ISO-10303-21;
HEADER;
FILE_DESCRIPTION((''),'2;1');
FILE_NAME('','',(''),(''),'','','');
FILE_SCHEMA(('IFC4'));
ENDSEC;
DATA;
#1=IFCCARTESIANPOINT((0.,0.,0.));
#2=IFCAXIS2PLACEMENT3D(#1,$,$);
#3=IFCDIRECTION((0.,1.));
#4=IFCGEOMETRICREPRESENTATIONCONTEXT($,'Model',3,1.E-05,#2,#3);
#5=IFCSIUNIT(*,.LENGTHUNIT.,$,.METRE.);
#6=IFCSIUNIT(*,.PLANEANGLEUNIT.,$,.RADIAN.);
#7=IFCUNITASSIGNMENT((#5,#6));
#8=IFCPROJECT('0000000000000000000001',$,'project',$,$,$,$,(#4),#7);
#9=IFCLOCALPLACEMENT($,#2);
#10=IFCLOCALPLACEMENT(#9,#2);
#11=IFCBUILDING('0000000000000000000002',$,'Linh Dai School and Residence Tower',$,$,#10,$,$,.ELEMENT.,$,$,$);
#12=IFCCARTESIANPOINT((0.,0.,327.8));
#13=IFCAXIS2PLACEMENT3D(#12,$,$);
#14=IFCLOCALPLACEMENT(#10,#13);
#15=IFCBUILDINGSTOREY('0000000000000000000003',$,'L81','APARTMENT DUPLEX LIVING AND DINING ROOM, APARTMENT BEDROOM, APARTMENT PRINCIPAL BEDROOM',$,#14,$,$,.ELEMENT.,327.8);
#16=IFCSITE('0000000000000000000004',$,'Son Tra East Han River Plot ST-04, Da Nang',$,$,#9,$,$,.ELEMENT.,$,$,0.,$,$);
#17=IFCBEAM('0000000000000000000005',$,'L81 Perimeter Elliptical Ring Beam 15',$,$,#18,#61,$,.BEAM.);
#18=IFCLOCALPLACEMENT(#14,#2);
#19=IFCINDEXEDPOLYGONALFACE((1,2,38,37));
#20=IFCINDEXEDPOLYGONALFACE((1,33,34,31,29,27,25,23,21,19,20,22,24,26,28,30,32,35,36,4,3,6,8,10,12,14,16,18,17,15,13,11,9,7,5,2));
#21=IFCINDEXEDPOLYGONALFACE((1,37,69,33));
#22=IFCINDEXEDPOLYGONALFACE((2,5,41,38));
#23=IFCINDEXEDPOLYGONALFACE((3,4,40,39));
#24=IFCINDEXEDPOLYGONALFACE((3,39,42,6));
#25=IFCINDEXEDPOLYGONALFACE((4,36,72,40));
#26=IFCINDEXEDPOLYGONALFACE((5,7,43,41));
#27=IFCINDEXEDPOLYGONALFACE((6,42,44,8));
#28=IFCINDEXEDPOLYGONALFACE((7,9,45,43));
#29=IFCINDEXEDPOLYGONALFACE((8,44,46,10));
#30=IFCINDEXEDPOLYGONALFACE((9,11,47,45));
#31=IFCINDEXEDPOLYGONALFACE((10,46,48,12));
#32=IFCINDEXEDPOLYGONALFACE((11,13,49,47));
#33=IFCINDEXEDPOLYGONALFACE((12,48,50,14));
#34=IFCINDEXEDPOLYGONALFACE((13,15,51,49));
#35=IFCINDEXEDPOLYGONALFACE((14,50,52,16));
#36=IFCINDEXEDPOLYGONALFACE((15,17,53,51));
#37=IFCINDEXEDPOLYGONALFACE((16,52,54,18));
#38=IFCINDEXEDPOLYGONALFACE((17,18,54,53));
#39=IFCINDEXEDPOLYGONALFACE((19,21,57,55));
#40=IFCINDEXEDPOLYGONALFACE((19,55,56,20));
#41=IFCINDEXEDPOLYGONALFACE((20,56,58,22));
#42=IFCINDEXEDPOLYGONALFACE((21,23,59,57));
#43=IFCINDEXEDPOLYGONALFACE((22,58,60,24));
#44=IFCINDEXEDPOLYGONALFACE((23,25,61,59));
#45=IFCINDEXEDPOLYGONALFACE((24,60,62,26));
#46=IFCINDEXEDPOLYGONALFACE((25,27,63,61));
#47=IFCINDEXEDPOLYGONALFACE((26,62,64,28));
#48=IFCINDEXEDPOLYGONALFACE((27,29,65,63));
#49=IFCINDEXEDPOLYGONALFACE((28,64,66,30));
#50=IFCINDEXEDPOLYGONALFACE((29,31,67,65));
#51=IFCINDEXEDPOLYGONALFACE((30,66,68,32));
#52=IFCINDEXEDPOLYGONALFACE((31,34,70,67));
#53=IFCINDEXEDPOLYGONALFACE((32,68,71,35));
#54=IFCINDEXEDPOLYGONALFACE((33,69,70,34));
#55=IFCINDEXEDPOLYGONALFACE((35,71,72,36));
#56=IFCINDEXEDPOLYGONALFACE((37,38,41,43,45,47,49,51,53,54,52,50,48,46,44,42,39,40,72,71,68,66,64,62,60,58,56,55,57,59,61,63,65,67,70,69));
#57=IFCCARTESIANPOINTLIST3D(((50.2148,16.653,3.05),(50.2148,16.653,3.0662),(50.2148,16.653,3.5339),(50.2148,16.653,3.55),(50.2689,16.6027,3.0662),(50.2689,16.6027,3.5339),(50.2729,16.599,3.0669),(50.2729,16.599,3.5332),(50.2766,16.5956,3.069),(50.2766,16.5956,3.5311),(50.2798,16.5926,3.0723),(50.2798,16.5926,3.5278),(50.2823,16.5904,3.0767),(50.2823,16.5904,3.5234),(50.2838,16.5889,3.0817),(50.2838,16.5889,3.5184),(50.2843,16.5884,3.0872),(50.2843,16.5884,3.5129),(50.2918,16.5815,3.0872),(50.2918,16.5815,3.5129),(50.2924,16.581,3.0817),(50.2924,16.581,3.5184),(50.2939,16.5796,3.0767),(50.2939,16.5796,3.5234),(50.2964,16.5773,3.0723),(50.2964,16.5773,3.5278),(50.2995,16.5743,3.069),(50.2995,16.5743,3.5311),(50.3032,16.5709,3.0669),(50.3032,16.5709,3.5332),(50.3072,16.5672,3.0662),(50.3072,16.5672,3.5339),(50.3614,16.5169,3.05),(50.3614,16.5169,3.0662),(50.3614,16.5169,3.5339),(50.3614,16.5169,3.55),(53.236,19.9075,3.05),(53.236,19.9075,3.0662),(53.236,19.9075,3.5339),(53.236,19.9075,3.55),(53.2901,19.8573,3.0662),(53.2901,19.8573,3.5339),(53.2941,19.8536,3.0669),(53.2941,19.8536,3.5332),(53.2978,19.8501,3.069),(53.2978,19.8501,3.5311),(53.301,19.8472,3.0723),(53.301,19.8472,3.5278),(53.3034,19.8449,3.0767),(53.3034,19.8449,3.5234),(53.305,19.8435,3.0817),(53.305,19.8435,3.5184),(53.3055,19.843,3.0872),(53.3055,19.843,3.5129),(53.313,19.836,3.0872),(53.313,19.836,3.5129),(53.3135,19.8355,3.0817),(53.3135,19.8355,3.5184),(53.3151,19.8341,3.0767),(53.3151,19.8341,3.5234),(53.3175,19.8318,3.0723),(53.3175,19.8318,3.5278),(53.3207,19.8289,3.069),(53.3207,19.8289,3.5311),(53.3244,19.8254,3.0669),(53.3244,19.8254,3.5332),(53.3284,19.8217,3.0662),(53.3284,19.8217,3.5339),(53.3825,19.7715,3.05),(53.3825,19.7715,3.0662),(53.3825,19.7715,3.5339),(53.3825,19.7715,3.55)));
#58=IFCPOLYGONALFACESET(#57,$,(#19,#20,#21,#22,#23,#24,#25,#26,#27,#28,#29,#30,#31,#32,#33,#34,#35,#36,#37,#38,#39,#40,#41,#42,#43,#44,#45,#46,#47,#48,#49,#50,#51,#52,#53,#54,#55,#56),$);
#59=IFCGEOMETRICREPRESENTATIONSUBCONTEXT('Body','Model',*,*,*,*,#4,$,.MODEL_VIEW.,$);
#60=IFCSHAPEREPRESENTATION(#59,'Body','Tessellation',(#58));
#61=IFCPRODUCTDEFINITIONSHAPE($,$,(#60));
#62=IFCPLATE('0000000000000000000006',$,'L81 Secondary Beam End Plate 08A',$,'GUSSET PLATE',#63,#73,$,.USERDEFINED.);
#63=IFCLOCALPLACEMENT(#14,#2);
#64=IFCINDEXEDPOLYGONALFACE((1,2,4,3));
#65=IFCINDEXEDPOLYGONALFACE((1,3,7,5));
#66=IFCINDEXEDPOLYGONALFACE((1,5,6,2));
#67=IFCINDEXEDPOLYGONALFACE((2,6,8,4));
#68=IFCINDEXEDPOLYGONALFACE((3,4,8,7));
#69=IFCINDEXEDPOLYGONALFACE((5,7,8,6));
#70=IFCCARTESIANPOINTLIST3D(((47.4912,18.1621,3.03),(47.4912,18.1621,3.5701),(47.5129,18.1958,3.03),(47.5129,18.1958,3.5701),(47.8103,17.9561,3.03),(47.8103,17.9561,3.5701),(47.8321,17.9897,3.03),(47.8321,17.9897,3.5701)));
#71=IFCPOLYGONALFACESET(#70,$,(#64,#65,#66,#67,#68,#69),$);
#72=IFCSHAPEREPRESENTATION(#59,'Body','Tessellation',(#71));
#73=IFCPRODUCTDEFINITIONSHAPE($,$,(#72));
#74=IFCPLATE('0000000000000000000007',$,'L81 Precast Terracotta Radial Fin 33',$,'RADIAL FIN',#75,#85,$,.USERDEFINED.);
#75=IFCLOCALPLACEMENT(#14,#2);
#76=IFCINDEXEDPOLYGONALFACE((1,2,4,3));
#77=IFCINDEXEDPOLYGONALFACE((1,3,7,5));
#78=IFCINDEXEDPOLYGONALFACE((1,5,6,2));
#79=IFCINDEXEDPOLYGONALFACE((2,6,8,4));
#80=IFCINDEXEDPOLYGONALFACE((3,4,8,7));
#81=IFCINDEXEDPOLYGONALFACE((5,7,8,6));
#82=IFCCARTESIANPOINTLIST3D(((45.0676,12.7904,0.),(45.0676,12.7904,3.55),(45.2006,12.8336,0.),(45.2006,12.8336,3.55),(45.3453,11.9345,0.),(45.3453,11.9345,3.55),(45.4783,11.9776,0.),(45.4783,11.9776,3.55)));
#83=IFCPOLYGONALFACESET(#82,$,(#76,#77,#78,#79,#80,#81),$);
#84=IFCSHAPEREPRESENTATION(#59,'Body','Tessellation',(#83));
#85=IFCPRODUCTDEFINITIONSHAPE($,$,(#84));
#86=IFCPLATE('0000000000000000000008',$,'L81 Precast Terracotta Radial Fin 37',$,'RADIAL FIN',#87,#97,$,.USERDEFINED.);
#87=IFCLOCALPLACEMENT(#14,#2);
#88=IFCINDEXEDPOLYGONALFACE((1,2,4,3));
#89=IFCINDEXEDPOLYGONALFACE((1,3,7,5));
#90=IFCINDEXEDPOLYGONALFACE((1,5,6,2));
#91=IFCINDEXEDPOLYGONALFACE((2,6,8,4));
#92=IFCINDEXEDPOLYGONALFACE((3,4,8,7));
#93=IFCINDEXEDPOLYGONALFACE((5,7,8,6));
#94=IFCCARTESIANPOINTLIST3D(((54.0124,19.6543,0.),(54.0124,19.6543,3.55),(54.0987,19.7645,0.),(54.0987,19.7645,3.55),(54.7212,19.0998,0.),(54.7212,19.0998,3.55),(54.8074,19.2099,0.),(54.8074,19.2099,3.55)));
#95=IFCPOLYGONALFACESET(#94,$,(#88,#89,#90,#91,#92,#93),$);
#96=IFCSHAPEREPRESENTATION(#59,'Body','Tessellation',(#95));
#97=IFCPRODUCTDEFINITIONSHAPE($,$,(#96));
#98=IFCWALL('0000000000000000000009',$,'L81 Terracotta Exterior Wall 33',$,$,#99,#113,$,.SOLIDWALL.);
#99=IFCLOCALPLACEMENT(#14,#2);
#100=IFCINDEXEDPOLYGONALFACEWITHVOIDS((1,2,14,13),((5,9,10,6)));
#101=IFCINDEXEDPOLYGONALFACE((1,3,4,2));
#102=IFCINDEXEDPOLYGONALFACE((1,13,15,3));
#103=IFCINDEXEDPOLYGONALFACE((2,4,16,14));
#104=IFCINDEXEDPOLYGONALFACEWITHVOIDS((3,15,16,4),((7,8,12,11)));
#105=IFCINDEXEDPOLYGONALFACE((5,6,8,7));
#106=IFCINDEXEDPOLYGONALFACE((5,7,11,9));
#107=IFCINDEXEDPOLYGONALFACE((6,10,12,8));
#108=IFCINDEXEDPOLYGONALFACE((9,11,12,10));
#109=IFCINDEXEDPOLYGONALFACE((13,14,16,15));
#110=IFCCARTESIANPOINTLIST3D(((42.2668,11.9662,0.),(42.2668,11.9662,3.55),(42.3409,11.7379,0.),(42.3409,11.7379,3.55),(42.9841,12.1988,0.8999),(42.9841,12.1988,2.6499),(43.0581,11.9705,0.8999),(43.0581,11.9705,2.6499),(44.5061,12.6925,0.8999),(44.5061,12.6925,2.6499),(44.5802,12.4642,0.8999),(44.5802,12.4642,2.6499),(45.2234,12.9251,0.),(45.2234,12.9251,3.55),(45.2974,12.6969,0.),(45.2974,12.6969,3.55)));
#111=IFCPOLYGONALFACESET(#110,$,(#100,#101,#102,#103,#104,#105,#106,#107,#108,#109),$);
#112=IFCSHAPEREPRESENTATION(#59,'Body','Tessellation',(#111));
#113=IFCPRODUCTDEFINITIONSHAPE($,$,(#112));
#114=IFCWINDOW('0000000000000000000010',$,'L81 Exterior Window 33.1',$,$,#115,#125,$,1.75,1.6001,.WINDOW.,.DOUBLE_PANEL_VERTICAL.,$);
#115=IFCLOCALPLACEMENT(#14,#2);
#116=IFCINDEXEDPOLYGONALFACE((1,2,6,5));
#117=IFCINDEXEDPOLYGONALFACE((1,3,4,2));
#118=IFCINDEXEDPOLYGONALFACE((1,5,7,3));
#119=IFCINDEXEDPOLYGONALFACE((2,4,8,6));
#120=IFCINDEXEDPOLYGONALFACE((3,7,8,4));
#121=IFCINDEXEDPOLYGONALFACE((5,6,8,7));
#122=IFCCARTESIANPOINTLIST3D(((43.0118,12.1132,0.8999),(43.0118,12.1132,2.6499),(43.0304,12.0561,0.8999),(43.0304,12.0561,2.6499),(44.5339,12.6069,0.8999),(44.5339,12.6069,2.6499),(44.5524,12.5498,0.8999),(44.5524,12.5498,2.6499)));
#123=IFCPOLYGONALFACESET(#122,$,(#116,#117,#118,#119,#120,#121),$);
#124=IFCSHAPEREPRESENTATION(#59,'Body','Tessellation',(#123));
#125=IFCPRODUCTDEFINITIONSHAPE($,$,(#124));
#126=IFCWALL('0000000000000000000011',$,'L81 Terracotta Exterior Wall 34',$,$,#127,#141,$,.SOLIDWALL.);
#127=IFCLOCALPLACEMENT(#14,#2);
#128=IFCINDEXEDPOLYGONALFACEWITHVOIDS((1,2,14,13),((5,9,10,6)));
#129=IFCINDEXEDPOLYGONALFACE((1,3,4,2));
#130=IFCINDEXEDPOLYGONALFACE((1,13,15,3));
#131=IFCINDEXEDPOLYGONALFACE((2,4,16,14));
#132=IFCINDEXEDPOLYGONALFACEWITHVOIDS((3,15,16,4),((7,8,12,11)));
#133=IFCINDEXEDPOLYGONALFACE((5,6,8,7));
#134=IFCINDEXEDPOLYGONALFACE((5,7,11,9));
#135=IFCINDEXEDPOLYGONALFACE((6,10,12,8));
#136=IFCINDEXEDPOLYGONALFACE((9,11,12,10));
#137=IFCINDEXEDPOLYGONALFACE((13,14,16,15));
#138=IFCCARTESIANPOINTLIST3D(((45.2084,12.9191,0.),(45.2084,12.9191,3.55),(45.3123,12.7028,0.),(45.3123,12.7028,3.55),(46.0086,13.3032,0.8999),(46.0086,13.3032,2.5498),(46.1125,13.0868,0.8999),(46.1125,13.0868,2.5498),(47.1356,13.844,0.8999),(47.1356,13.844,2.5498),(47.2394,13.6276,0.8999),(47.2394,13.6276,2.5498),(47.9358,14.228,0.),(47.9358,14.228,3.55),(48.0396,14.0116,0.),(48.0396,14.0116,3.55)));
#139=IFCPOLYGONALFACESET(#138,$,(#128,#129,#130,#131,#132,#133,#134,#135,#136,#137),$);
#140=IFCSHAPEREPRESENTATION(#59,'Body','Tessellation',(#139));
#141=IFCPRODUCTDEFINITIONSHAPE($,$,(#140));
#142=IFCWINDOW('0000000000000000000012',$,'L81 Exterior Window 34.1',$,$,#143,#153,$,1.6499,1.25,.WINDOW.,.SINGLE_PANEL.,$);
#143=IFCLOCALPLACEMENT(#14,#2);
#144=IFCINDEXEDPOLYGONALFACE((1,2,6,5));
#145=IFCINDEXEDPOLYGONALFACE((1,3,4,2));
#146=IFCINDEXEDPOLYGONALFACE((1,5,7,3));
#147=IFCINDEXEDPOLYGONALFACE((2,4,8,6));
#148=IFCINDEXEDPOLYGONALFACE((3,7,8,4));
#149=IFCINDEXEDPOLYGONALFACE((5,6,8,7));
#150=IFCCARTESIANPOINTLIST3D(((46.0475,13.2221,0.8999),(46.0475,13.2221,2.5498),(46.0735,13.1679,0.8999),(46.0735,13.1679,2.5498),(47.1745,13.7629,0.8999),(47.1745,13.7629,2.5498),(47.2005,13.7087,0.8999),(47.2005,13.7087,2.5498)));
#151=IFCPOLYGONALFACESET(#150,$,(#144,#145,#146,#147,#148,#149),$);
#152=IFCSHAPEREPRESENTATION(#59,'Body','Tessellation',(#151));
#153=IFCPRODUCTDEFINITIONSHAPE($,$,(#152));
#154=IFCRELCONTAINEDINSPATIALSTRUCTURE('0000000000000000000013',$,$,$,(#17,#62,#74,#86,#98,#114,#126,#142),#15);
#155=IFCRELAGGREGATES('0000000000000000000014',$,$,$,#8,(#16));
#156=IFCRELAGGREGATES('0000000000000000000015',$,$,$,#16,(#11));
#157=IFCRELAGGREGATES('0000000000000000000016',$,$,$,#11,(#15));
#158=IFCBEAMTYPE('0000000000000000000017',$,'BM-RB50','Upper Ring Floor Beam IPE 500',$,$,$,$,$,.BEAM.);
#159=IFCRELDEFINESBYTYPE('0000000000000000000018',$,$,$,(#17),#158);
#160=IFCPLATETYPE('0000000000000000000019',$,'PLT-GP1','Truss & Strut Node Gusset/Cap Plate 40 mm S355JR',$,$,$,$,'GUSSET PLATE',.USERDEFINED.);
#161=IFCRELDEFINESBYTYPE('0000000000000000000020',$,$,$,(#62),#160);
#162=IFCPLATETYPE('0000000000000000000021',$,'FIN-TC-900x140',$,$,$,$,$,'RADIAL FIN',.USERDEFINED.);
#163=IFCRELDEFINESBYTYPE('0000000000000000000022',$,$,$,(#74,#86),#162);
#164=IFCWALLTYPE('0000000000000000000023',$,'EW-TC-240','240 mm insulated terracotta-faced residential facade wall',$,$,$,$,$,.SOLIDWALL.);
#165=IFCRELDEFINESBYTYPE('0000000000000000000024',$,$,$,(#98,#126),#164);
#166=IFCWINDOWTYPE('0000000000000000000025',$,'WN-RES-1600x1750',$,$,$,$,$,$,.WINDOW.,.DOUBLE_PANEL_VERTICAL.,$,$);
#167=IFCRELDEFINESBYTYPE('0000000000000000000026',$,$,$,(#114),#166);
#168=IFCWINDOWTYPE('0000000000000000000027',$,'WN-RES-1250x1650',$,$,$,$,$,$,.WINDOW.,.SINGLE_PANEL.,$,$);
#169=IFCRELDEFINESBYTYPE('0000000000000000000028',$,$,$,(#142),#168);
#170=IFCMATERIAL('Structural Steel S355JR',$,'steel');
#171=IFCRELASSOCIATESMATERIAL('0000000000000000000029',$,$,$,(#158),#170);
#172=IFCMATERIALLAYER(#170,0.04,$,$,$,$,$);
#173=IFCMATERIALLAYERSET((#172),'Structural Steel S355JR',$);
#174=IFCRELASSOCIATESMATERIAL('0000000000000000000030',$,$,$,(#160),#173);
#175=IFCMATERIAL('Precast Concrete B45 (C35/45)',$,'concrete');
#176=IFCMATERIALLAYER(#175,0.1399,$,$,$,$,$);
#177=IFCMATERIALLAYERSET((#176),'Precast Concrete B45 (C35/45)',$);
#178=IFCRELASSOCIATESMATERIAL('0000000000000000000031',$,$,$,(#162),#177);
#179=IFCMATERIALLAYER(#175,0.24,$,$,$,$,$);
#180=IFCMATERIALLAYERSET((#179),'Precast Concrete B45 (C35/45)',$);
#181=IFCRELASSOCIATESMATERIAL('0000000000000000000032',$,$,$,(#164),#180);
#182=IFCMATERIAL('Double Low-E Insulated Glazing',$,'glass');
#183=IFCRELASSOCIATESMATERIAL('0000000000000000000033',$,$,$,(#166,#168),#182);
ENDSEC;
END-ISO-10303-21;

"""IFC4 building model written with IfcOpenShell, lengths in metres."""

from ifc_helpers import new_model, si_unit, direction, frame, frame_2d, origin, origin_2d, place, context, subcontext, project, spatial, rectangle, i_section, extrude, source, transform, mapped, material, layer, layer_set, material_profile, profile_set, type_object, element, fill, save


model = new_model("IFC4")

# Units and contexts
model_context = context("Model", 3, precision=1e-05, world=origin(), true_north=direction((0.0, 1.0)))
body_context = subcontext(model_context, "Body", "Model", "MODEL_VIEW")
ifc_project = project(units=[si_unit("LENGTHUNIT", "METRE"), si_unit("PLANEANGLEUNIT", "RADIAN")], contexts=[model_context])

# Site, building, storey
site_placement = place(None, origin())
site = spatial("IfcSite", under=ifc_project, at=site_placement, Name="Son Tra East Han River Plot ST-04, Da Nang", CompositionType="ELEMENT", RefElevation=0.0)
building_placement = place(site_placement, origin())
building = spatial("IfcBuilding", under=site, at=building_placement, Name="Linh Dai School and Residence Tower", CompositionType="ELEMENT")
storey_placement = place(building_placement, frame((0.0, 0.0, 327.8)))
storey = spatial("IfcBuildingStorey", under=building, at=storey_placement, Name="L81", Description="APARTMENT DUPLEX LIVING AND DINING ROOM, APARTMENT BEDROOM, APARTMENT PRINCIPAL BEDROOM", CompositionType="ELEMENT", Elevation=327.8)

# Shared definitions
ifc_material_1 = material(Name="Structural Steel S355JR", Category="steel")

# Beam
ifc_material_profile_1 = material_profile(ifc_material_1, i_section(OverallWidth=0.2, OverallDepth=0.5, WebThickness=0.0103, FlangeThickness=0.0161, FilletRadius=0.021, at=origin_2d()), Name="IPE 500")
ifc_profile_set_1 = profile_set([ifc_material_profile_1], Name="Structural Steel S355JR")
beam_type_1 = type_object("IfcBeamType", Name="BM-RB50", Description="Upper Ring Floor Beam IPE 500", PredefinedType="BEAM", material=ifc_profile_set_1)
beam_1_placement = place(storey_placement, frame((50.2881, 16.585, 3.3), z_axis=(0.680339, 0.732897, 0.0), x_axis=(-0.732897, 0.680339, 0.0)))
element("IfcBeam", 1, at=beam_1_placement, inside=storey, type_object=beam_type_1, Name="L81 Perimeter Elliptical Ring Beam 15", PredefinedType="BEAM", context=body_context, shape_type="SweptSolid", body=[
    extrude(i_section(OverallWidth=0.2, OverallDepth=0.5, WebThickness=0.0103, FlangeThickness=0.0161, FilletRadius=0.021, at=origin_2d()), origin(), (0.0, 0.0, 1.0), 4.4407),
])

# Plates
ifc_layer_1 = layer(ifc_material_1, 0.04)
ifc_layer_set_1 = layer_set([ifc_layer_1], Name="Structural Steel S355JR")
plate_type_1 = type_object("IfcPlateType", Name="PLT-GP1", Description="Truss & Strut Node Gusset/Cap Plate 40 mm S355JR", ElementType="GUSSET PLATE", PredefinedType="USERDEFINED", material=ifc_layer_set_1)
shared_shape_1 = source(origin(), body_context, "Body", "SweptSolid", [
    extrude(rectangle(XDim=0.04, YDim=0.3799, at=origin_2d()), origin(), (0.0, 0.0, 1.0), 0.54),
])
plate_placement = place(storey_placement, frame((47.6616, 18.0759, 3.03), z_axis=(0.0, 0.0, 1.0), x_axis=(0.542322, 0.840171, 0.0)))
element("IfcPlate", 2, at=plate_placement, inside=storey, type_object=plate_type_1, Name="L81 Secondary Beam End Plate 08A", ObjectType="GUSSET PLATE", PredefinedType="USERDEFINED", context=body_context, shape_type="MappedRepresentation", body=[
    mapped(shared_shape_1, transform((0.0, 0.0, 0.0), x_axis=(1.0, 0.0, 0.0), y_axis=(0.0, 1.0, 0.0), z_axis=(0.0, 0.0, 1.0), scale=1.0)),
])
ifc_material_2 = material(Name="Precast Concrete B45 (C35/45)", Category="concrete")
ifc_layer_2 = layer(ifc_material_2, 0.1399)
ifc_layer_set_2 = layer_set([ifc_layer_2], Name="Precast Concrete B45 (C35/45)")
plate_type_2 = type_object("IfcPlateType", Name="FIN-TC-900x140", ElementType="RADIAL FIN", PredefinedType="USERDEFINED", material=ifc_layer_set_2)
shared_shape_2 = source(origin(), body_context, "Body", "SweptSolid", [
    extrude(rectangle(XDim=0.8999, YDim=0.1399, at=origin_2d()), origin(), (0.0, 0.0, 1.0), 3.55),
])
for number, where, z_axis, x_axis, name in (
    (3, (45.2729, 12.384, 0.0), (0.0, 0.0, 1.0), (0.308565, -0.951203, 0.0), "L81 Precast Terracotta Radial Fin 33"),
    (4, (54.4099, 19.4321, 0.0), (0.0, 0.0, 1.0), (0.787553, -0.616247, 0.0), "L81 Precast Terracotta Radial Fin 37"),
):
    element("IfcPlate", number, at=place(storey_placement, frame(where, z_axis=z_axis, x_axis=x_axis)), inside=storey, type_object=plate_type_2, Name=name, ObjectType="RADIAL FIN", PredefinedType="USERDEFINED", context=body_context, shape_type="MappedRepresentation", body=[
        mapped(shared_shape_2, transform((0.0, 0.0, 0.0), x_axis=(1.0, 0.0, 0.0), y_axis=(0.0, 1.0, 0.0), z_axis=(0.0, 0.0, 1.0), scale=1.0)),
    ])

# Walls, openings, windows
ifc_layer_3 = layer(ifc_material_2, 0.24)
ifc_layer_set_3 = layer_set([ifc_layer_3], Name="Precast Concrete B45 (C35/45)")
wall_type_1 = type_object("IfcWallType", Name="EW-TC-240", Description="240 mm insulated terracotta-faced residential facade wall", PredefinedType="SOLIDWALL", material=ifc_layer_set_3)
wall_1_placement = place(storey_placement, frame((45.2605, 12.811, 0.0), z_axis=(0.0, 0.0, 1.0), x_axis=(-0.951213, -0.308535, 0.0)))
wall_1 = element("IfcWall", 5, at=wall_1_placement, inside=storey, type_object=wall_type_1, Name="L81 Terracotta Exterior Wall 33", PredefinedType="SOLIDWALL", context=body_context, shape_type="SweptSolid", body=[
    extrude(rectangle(XDim=3.1082, YDim=0.24, at=frame_2d((1.5542, 0.0))), origin(), (0.0, 0.0, 1.0), 3.55),
])
opening_1_placement = place(wall_1_placement, frame((0.7542, 0.0, 0.8999)))
opening_1 = element("IfcOpeningElement", 6, at=opening_1_placement, cuts=wall_1, PredefinedType="OPENING", context=body_context, shape_type="SweptSolid", body=[
    extrude(rectangle(XDim=1.6001, YDim=1.75, at=origin_2d()), frame((0.8, 0.1299, 0.875), z_axis=(0.0, -1.0, 0.0), x_axis=(1.0, 0.0, 0.0)), (0.0, 0.0, 1.0), 0.26),
])
ifc_material_3 = material(Name="Double Low-E Insulated Glazing", Category="glass")
window_type_1 = type_object("IfcWindowType", Name="WN-RES-1600x1750", PartitioningType="DOUBLE_PANEL_VERTICAL", PredefinedType="WINDOW", material=ifc_material_3)
shared_shape_3 = source(origin(), body_context, "Body", "SweptSolid", [
    extrude(rectangle(XDim=1.6001, YDim=1.75, at=origin_2d()), frame((0.8, 0.03, 0.875), z_axis=(0.0, -1.0, 0.0), x_axis=(1.0, 0.0, 0.0)), (0.0, 0.0, 1.0), 0.0601),
])
window_1_placement = place(opening_1_placement, origin())
window_1 = element("IfcWindow", 7, at=window_1_placement, inside=storey, type_object=window_type_1, Name="L81 Exterior Window 33.1", OverallHeight=1.75, OverallWidth=1.6001, PartitioningType="DOUBLE_PANEL_VERTICAL", PredefinedType="WINDOW", context=body_context, shape_type="MappedRepresentation", body=[
    mapped(shared_shape_3, transform((0.0, 0.0, 0.0), x_axis=(1.0, 0.0, 0.0), y_axis=(0.0, 1.0, 0.0), z_axis=(0.0, 0.0, 1.0), scale=1.0)),
])
fill(opening_1, window_1)
wall_2_placement = place(storey_placement, frame((47.9878, 14.1199, 0.0), z_axis=(0.0, 0.0, 1.0), x_axis=(-0.901557, -0.43266, 0.0)))
wall_2 = element("IfcWall", 8, at=wall_2_placement, inside=storey, type_object=wall_type_1, Name="L81 Terracotta Exterior Wall 34", PredefinedType="SOLIDWALL", context=body_context, shape_type="SweptSolid", body=[
    extrude(rectangle(XDim=3.0251, YDim=0.24, at=frame_2d((1.5127, 0.0))), origin(), (0.0, 0.0, 1.0), 3.55),
])
opening_2_placement = place(wall_2_placement, frame((0.8877, 0.0, 0.8999)))
opening_2 = element("IfcOpeningElement", 9, at=opening_2_placement, cuts=wall_2, PredefinedType="OPENING", context=body_context, shape_type="SweptSolid", body=[
    extrude(rectangle(XDim=1.25, YDim=1.6499, at=origin_2d()), frame((0.625, 0.1299, 0.825), z_axis=(0.0, -1.0, 0.0), x_axis=(1.0, 0.0, 0.0)), (0.0, 0.0, 1.0), 0.26),
])
window_type_2 = type_object("IfcWindowType", Name="WN-RES-1250x1650", PartitioningType="SINGLE_PANEL", PredefinedType="WINDOW", material=ifc_material_3)
shared_shape_4 = source(origin(), body_context, "Body", "SweptSolid", [
    extrude(rectangle(XDim=1.25, YDim=1.6499, at=origin_2d()), frame((0.625, 0.03, 0.825), z_axis=(0.0, -1.0, 0.0), x_axis=(1.0, 0.0, 0.0)), (0.0, 0.0, 1.0), 0.0601),
])
window_2_placement = place(opening_2_placement, origin())
window_2 = element("IfcWindow", 10, at=window_2_placement, inside=storey, type_object=window_type_2, Name="L81 Exterior Window 34.1", OverallHeight=1.6499, OverallWidth=1.25, PartitioningType="SINGLE_PANEL", PredefinedType="WINDOW", context=body_context, shape_type="MappedRepresentation", body=[
    mapped(shared_shape_4, transform((0.0, 0.0, 0.0), x_axis=(1.0, 0.0, 0.0), y_axis=(0.0, 1.0, 0.0), z_axis=(0.0, 0.0, 1.0), scale=1.0)),
])
fill(opening_2, window_2)

save(model, "model.ifc")
